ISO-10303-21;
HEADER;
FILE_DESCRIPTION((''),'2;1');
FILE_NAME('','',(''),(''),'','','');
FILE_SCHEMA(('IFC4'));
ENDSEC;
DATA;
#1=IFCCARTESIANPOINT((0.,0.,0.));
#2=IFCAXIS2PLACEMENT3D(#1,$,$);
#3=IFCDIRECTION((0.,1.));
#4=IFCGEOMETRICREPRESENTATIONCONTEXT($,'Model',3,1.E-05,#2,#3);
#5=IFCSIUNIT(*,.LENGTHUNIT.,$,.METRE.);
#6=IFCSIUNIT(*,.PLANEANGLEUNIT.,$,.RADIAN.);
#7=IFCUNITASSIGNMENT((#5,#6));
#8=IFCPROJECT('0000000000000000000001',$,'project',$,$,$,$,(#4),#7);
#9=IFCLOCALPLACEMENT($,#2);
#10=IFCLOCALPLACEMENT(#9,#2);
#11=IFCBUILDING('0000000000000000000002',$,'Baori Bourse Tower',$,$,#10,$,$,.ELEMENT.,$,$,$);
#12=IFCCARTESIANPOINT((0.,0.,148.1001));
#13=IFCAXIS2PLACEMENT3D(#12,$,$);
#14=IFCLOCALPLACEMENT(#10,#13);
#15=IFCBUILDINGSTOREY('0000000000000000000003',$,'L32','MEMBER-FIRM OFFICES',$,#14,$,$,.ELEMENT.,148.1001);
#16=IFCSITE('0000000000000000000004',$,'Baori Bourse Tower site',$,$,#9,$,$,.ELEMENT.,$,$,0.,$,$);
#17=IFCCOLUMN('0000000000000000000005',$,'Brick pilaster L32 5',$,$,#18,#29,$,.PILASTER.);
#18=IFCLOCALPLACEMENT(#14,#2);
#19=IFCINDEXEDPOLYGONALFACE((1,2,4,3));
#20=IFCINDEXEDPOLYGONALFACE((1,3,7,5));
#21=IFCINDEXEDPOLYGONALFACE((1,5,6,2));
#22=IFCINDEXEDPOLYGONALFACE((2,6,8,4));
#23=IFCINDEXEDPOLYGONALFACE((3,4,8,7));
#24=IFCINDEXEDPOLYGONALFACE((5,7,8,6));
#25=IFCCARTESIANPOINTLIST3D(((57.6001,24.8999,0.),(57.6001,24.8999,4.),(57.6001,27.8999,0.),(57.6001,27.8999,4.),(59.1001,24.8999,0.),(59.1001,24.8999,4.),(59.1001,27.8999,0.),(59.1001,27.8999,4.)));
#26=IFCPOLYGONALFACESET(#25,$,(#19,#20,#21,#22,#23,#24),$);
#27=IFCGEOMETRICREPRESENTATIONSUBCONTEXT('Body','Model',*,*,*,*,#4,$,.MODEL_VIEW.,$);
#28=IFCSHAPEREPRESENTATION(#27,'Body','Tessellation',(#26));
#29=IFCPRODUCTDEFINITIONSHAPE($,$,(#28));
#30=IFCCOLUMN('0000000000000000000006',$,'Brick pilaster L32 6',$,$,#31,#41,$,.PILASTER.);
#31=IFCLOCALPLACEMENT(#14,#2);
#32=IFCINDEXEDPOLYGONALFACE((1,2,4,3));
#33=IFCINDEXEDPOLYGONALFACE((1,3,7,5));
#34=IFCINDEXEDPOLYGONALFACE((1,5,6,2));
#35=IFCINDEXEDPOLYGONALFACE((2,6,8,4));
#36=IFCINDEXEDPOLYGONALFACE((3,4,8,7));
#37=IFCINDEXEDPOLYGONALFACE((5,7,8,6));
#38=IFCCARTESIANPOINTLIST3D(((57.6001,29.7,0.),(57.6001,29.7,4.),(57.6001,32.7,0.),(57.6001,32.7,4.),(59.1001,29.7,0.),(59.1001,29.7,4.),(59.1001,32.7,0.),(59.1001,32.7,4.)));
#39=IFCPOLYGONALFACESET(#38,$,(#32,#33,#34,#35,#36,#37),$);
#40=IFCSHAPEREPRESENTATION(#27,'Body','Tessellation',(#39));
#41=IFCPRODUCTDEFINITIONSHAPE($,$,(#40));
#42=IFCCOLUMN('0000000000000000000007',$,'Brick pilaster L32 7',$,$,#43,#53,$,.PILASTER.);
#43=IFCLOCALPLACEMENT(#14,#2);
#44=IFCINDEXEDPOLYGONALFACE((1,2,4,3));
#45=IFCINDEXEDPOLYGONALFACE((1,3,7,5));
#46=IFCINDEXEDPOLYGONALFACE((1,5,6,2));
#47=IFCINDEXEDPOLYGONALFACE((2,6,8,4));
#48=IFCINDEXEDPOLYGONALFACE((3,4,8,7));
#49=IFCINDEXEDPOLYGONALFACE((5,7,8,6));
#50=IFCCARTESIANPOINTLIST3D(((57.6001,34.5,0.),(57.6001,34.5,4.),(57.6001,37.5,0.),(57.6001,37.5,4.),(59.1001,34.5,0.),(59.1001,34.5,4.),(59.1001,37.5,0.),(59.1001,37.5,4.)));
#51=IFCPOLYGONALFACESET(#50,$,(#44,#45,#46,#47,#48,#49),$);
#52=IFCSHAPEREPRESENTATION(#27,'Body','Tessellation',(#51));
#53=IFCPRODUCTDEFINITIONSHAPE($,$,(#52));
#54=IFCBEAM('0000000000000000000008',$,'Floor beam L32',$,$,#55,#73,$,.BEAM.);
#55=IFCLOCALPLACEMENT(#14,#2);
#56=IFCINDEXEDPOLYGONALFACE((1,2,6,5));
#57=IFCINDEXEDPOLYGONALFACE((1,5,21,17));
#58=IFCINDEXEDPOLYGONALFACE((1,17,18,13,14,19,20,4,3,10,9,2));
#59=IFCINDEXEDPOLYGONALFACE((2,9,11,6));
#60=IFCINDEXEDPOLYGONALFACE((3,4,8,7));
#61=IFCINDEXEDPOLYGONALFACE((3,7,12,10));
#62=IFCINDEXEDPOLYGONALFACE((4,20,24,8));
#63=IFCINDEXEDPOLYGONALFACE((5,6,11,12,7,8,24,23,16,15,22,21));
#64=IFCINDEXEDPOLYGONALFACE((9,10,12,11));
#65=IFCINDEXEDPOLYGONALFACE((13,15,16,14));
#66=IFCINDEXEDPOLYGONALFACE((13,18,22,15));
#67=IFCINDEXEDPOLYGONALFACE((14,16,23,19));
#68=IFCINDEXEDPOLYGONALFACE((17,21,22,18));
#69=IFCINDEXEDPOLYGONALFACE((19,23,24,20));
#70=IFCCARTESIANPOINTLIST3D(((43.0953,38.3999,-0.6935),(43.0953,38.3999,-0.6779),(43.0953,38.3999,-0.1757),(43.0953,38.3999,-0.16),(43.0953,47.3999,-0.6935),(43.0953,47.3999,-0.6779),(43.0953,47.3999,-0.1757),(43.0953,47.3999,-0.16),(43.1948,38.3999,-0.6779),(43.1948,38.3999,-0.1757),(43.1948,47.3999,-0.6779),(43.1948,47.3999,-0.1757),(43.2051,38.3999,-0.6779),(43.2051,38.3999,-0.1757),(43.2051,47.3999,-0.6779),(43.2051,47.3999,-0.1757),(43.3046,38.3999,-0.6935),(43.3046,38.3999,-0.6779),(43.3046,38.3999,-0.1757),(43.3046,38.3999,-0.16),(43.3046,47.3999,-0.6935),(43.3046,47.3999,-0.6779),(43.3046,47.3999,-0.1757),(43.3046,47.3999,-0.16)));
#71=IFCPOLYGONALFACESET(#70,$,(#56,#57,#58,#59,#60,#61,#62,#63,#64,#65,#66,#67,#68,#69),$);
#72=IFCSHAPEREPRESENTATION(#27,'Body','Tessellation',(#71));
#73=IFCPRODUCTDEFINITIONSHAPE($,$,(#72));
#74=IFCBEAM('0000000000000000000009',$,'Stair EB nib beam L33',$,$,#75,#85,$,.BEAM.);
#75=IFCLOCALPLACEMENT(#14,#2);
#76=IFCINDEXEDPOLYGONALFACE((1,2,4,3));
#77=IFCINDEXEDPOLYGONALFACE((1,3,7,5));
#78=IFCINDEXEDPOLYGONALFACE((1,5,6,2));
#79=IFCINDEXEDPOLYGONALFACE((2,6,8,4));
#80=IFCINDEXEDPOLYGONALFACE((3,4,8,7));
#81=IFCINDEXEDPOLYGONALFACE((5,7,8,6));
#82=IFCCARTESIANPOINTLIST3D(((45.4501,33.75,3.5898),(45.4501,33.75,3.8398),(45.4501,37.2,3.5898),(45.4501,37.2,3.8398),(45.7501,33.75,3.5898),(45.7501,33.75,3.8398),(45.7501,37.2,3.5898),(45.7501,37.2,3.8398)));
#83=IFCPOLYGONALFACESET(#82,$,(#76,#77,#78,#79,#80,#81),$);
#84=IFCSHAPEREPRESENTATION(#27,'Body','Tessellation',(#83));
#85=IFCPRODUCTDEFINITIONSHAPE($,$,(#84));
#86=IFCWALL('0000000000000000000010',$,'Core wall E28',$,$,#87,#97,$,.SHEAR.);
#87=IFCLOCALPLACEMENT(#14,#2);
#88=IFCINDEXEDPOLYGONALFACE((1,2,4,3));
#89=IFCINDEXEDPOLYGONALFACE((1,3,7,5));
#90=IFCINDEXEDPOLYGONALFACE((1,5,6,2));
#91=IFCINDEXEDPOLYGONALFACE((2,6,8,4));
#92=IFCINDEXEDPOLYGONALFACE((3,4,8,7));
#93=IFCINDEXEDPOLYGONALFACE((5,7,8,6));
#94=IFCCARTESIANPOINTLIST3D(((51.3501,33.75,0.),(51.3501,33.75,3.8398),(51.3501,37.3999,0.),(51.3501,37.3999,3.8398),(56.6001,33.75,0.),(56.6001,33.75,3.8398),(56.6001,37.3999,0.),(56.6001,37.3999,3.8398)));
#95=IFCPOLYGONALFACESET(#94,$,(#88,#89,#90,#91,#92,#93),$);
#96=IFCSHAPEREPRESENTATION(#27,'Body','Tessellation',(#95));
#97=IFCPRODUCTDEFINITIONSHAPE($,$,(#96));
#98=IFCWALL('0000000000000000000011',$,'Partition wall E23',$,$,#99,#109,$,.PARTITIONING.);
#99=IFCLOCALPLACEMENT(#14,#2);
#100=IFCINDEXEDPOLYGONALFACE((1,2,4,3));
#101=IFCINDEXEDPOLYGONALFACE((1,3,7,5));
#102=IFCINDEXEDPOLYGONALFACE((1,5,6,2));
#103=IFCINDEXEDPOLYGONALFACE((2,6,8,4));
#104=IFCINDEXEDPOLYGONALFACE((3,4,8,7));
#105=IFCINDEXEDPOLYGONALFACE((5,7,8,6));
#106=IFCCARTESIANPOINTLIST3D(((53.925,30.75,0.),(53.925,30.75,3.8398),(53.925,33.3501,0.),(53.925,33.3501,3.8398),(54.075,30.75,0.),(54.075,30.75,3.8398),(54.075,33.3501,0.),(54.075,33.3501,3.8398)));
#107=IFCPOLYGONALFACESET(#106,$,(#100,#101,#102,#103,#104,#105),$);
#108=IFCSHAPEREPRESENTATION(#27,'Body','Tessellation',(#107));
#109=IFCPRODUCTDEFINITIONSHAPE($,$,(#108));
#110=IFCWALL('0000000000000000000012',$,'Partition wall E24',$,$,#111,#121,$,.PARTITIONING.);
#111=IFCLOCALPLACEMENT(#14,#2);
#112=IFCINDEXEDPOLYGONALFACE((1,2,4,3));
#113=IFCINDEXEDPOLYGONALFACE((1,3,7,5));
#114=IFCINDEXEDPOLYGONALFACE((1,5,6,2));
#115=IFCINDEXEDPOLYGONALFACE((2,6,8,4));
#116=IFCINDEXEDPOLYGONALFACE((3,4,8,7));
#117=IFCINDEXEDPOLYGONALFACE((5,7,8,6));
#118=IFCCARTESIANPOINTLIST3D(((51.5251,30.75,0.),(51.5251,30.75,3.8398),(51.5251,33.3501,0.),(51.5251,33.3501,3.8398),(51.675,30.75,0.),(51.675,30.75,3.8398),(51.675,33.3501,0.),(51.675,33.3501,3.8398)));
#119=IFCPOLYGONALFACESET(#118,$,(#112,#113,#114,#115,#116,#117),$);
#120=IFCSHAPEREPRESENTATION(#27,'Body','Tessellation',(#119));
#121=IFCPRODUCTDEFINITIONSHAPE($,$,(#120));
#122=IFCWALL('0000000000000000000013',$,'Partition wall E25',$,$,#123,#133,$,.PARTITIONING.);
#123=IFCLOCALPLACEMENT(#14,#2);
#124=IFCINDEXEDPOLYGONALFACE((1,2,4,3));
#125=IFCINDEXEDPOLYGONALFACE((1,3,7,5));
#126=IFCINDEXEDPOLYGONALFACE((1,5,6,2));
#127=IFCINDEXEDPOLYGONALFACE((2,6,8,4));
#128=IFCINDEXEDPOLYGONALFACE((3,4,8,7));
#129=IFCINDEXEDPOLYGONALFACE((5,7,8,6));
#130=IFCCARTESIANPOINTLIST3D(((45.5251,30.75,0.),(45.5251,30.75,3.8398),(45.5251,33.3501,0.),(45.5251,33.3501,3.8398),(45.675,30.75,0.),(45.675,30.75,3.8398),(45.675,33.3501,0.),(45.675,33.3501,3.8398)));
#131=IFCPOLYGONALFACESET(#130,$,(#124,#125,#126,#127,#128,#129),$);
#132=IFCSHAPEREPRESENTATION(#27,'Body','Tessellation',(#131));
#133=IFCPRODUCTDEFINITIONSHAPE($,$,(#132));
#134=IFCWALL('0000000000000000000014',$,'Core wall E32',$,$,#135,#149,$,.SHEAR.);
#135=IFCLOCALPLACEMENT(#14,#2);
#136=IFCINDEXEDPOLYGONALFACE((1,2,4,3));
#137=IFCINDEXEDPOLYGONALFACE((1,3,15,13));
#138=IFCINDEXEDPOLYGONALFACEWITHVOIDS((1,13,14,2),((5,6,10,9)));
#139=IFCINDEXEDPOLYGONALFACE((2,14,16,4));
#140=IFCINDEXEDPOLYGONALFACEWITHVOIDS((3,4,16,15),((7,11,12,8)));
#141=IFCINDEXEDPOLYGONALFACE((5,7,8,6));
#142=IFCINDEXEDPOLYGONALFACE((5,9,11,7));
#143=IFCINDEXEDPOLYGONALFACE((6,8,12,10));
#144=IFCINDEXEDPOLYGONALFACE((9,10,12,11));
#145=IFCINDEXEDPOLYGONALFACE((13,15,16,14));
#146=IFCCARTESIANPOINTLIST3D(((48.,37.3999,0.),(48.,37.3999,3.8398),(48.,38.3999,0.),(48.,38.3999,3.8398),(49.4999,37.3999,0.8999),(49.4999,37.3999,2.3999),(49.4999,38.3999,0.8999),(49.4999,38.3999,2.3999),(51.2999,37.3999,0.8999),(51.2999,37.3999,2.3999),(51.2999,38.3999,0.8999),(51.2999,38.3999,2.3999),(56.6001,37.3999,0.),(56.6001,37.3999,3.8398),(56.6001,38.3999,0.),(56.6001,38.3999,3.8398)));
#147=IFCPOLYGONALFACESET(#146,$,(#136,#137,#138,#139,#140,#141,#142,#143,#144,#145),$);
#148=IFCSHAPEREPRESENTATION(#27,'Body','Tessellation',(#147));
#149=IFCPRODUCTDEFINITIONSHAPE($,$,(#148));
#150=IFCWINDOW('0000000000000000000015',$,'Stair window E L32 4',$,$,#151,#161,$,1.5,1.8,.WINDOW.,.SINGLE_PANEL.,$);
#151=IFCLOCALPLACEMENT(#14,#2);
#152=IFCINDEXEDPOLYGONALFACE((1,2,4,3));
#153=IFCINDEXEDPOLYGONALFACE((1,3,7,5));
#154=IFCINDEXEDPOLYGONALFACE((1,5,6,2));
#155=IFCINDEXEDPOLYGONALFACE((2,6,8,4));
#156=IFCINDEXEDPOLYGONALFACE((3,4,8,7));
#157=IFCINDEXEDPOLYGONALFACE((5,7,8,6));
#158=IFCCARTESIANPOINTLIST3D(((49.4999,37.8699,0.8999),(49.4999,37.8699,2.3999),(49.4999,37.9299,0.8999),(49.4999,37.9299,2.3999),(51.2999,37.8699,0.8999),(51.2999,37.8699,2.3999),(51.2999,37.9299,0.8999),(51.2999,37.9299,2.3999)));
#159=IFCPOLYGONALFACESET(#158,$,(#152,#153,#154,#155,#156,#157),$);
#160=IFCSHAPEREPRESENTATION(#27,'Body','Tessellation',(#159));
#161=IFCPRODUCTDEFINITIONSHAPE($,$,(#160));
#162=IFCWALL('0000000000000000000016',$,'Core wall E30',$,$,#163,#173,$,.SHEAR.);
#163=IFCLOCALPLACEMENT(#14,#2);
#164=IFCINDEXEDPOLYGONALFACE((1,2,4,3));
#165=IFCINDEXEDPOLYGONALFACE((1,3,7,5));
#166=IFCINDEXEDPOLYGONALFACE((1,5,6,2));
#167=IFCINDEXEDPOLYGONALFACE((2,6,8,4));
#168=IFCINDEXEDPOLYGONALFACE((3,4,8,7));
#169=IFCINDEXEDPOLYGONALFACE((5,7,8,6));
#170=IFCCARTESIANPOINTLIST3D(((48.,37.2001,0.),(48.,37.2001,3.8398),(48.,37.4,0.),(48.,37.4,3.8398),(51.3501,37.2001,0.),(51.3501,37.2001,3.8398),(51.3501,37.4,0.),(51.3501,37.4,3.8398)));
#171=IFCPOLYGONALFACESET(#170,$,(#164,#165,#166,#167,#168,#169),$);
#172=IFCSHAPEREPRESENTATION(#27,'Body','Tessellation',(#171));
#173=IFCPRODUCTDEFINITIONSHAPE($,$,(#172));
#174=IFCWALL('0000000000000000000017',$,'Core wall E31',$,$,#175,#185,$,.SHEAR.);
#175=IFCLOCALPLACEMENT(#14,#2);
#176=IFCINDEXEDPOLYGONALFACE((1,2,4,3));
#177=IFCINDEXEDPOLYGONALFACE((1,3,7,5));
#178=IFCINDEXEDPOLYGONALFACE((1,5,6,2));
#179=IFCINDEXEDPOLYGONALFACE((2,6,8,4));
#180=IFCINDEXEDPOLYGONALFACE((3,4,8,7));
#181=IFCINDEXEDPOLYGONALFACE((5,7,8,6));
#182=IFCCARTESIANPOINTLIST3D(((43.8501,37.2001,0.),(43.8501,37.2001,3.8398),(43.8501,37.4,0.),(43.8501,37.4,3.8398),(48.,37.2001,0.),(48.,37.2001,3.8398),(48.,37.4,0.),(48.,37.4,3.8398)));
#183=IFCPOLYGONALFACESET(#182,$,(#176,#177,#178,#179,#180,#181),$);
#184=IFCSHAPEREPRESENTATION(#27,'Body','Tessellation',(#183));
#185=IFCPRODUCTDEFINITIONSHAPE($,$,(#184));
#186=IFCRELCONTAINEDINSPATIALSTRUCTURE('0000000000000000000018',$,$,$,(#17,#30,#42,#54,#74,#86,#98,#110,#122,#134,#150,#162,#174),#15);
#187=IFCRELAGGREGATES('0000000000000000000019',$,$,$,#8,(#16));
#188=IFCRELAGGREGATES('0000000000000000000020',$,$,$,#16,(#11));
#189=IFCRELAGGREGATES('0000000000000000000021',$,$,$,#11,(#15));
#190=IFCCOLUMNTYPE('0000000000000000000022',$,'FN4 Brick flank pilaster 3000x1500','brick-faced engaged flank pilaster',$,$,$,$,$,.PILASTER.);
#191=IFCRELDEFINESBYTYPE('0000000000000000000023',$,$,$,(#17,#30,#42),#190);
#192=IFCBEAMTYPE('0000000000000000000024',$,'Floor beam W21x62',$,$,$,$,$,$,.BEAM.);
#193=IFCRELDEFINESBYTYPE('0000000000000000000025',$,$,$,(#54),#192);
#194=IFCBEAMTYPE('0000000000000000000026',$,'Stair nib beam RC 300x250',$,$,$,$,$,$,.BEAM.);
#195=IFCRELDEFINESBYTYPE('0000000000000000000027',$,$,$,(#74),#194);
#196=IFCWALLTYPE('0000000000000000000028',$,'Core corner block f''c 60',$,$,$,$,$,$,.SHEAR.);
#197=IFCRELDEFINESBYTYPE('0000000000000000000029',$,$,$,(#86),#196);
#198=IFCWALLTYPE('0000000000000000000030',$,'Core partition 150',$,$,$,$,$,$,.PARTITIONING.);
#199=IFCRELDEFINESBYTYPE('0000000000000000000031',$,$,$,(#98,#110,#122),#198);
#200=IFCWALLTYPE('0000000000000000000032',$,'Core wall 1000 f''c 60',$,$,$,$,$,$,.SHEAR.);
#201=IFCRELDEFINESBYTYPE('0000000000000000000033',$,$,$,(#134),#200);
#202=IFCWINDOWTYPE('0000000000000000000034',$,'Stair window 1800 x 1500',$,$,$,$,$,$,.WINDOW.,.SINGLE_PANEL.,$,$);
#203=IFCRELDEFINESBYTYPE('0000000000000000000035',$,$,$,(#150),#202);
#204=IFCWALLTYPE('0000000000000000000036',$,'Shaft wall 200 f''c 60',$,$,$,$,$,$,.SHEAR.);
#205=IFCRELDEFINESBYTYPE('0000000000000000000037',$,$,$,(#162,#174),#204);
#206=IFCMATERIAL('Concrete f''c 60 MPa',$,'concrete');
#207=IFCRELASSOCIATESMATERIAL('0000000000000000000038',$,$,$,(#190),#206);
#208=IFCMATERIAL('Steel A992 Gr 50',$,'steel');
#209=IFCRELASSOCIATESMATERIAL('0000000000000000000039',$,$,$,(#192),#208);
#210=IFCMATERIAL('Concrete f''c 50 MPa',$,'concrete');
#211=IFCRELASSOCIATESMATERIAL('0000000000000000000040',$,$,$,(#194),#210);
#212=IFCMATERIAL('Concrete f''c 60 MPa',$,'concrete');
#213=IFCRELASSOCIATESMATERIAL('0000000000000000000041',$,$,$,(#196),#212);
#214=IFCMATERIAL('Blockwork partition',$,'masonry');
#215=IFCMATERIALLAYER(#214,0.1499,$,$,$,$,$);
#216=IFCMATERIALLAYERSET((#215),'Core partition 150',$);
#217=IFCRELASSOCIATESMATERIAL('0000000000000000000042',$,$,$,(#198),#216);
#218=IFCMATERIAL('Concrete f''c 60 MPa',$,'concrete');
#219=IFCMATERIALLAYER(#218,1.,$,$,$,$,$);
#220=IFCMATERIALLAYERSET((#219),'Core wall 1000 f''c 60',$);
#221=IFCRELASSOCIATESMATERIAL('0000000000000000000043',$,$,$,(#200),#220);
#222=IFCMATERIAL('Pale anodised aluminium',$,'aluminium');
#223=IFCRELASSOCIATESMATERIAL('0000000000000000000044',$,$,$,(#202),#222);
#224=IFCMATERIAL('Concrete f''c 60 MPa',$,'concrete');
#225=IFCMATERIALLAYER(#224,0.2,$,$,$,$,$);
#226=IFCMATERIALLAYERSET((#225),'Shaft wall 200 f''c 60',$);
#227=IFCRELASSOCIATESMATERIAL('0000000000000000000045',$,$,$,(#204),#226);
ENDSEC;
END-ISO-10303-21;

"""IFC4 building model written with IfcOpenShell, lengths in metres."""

from ifc_helpers import new_model, si_unit, direction, frame, frame_2d, origin, origin_2d, place, context, subcontext, project, spatial, rectangle, i_section, extrude, material, layer, layer_set, material_profile, profile_set, type_object, element, fill, save


model = new_model("IFC4")

# Units and contexts
model_context = context("Model", 3, precision=1e-05, world=origin(), true_north=direction((0.0, 1.0)))
body_context = subcontext(model_context, "Body", "Model", "MODEL_VIEW")
ifc_project = project(units=[si_unit("LENGTHUNIT", "METRE"), si_unit("PLANEANGLEUNIT", "RADIAN")], contexts=[model_context])

# Site, building, storey
site_placement = place(None, origin())
site = spatial("IfcSite", under=ifc_project, at=site_placement, Name="Baori Bourse Tower site", CompositionType="ELEMENT", RefElevation=0.0)
building_placement = place(site_placement, origin())
building = spatial("IfcBuilding", under=site, at=building_placement, Name="Baori Bourse Tower", CompositionType="ELEMENT")
storey_placement = place(building_placement, frame((0.0, 0.0, 148.1001)))
storey = spatial("IfcBuildingStorey", under=building, at=storey_placement, Name="L32", Description="MEMBER-FIRM OFFICES", CompositionType="ELEMENT", Elevation=148.1001)

# Columns
ifc_material_1 = material(Name="Concrete f'c 60 MPa", Category="concrete")
ifc_material_profile_1 = material_profile(ifc_material_1, rectangle(XDim=3.0, YDim=1.5, at=origin_2d()), Name="RC 3000x1500")
ifc_profile_set_1 = profile_set([ifc_material_profile_1], Name="Concrete f'c 60 MPa")
column_type = type_object("IfcColumnType", Name="FN4 Brick flank pilaster 3000x1500", Description="brick-faced engaged flank pilaster", PredefinedType="PILASTER", material=ifc_profile_set_1)
for number, where, z_axis, x_axis, name in (
    (1, (58.3501, 26.3999, 0.0), (0.0, 0.0, 1.0), (0.0, 1.0, 0.0), "Brick pilaster L32 5"),
    (2, (58.3501, 31.2, 0.0), (0.0, 0.0, 1.0), (0.0, 1.0, 0.0), "Brick pilaster L32 6"),
    (3, (58.3501, 36.0, 0.0), (0.0, 0.0, 1.0), (0.0, 1.0, 0.0), "Brick pilaster L32 7"),
):
    element("IfcColumn", number, at=place(storey_placement, frame(where, z_axis=z_axis, x_axis=x_axis)), inside=storey, type_object=column_type, Name=name, PredefinedType="PILASTER", context=body_context, shape_type="SweptSolid", body=[
        extrude(rectangle(XDim=3.0, YDim=1.5, at=origin_2d()), origin(), (0.0, 0.0, 1.0), 4.0),
    ])

# Beams
ifc_material_2 = material(Name="Steel A992 Gr 50", Category="steel")
ifc_material_profile_2 = material_profile(ifc_material_2, i_section(OverallWidth=0.2092, OverallDepth=0.5334, WebThickness=0.0103, FlangeThickness=0.0156, at=origin_2d()), Name="W21x62")
ifc_profile_set_2 = profile_set([ifc_material_profile_2], Name="Steel A992 Gr 50")
beam_type_1 = type_object("IfcBeamType", Name="Floor beam W21x62", PredefinedType="BEAM", material=ifc_profile_set_2)
beam_1_placement = place(storey_placement, frame((43.2, 38.3999, -0.4268), z_axis=(0.0, 1.0, 0.0), x_axis=(-1.0, 0.0, 0.0)))
element("IfcBeam", 4, at=beam_1_placement, inside=storey, type_object=beam_type_1, Name="Floor beam L32", PredefinedType="BEAM", context=body_context, shape_type="SweptSolid", body=[
    extrude(i_section(OverallWidth=0.2092, OverallDepth=0.5334, WebThickness=0.0103, FlangeThickness=0.0156, at=origin_2d()), origin(), (0.0, 0.0, 1.0), 9.0),
])
ifc_material_3 = material(Name="Concrete f'c 50 MPa", Category="concrete")
ifc_material_profile_3 = material_profile(ifc_material_3, rectangle(XDim=0.3, YDim=0.25, at=origin_2d()), Name="RC 300x250")
ifc_profile_set_3 = profile_set([ifc_material_profile_3], Name="Concrete f'c 50 MPa")
beam_type_2 = type_object("IfcBeamType", Name="Stair nib beam RC 300x250", PredefinedType="BEAM", material=ifc_profile_set_3)
beam_2_placement = place(storey_placement, frame((45.6001, 33.75, 3.7148), z_axis=(0.0, 1.0, 0.0), x_axis=(-1.0, 0.0, 0.0)))
element("IfcBeam", 5, at=beam_2_placement, inside=storey, type_object=beam_type_2, Name="Stair EB nib beam L33", PredefinedType="BEAM", context=body_context, shape_type="SweptSolid", body=[
    extrude(rectangle(XDim=0.3, YDim=0.25, at=origin_2d()), origin(), (0.0, 0.0, 1.0), 3.45),
])

# Walls
ifc_material_4 = material(Name="Concrete f'c 60 MPa", Category="concrete")
wall_type_1 = type_object("IfcWallType", Name="Core corner block f'c 60", PredefinedType="SHEAR", material=ifc_material_4)
wall_1_placement = place(storey_placement, frame((51.3501, 35.575, 0.0), z_axis=(0.0, 0.0, 1.0), x_axis=(1.0, 0.0, 0.0)))
element("IfcWall", 6, at=wall_1_placement, inside=storey, type_object=wall_type_1, Name="Core wall E28", PredefinedType="SHEAR", context=body_context, shape_type="SweptSolid", body=[
    extrude(rectangle(XDim=5.25, YDim=3.6499, at=frame_2d((2.625, 0.0))), origin(), (0.0, 0.0, 1.0), 3.8398),
])
ifc_material_5 = material(Name="Blockwork partition", Category="masonry")
ifc_layer_1 = layer(ifc_material_5, 0.1499)
ifc_layer_set_1 = layer_set([ifc_layer_1], Name="Core partition 150")
wall_type_2 = type_object("IfcWallType", Name="Core partition 150", PredefinedType="PARTITIONING", material=ifc_layer_set_1)
for number, where, z_axis, x_axis, name in (
    (7, (54.0, 30.75, 0.0), (0.0, 0.0, 1.0), (0.0, 1.0, 0.0), "Partition wall E23"),
    (8, (51.6001, 30.75, 0.0), (0.0, 0.0, 1.0), (0.0, 1.0, 0.0), "Partition wall E24"),
    (9, (45.6001, 30.75, 0.0), (0.0, 0.0, 1.0), (0.0, 1.0, 0.0), "Partition wall E25"),
):
    element("IfcWall", number, at=place(storey_placement, frame(where, z_axis=z_axis, x_axis=x_axis)), inside=storey, type_object=wall_type_2, Name=name, PredefinedType="PARTITIONING", context=body_context, shape_type="SweptSolid", body=[
        extrude(rectangle(XDim=2.6001, YDim=0.1499, at=frame_2d((1.3, 0.0))), origin(), (0.0, 0.0, 1.0), 3.8398),
    ])

# Wall, opening, window
ifc_material_6 = material(Name="Concrete f'c 60 MPa", Category="concrete")
ifc_layer_2 = layer(ifc_material_6, 1.0)
ifc_layer_set_2 = layer_set([ifc_layer_2], Name="Core wall 1000 f'c 60")
wall_type_3 = type_object("IfcWallType", Name="Core wall 1000 f'c 60", PredefinedType="SHEAR", material=ifc_layer_set_2)
wall_2_placement = place(storey_placement, frame((48.0, 37.8999, 0.0), z_axis=(0.0, 0.0, 1.0), x_axis=(1.0, 0.0, 0.0)))
wall_2 = element("IfcWall", 10, at=wall_2_placement, inside=storey, type_object=wall_type_3, Name="Core wall E32", PredefinedType="SHEAR", context=body_context, shape_type="SweptSolid", body=[
    extrude(rectangle(XDim=8.6001, YDim=1.0, at=frame_2d((4.3, 0.0))), origin(), (0.0, 0.0, 1.0), 3.8398),
])
opening_1_placement = place(wall_2_placement, frame((1.5, 0.0, 0.8999)))
opening_1 = element("IfcOpeningElement", 11, at=opening_1_placement, cuts=wall_2, PredefinedType="OPENING", context=body_context, shape_type="SweptSolid", body=[
    extrude(rectangle(XDim=1.8, YDim=1.5, at=frame_2d((0.8999, 0.75))), frame((0.0, 0.51, 0.0), z_axis=(0.0, -1.0, 0.0), x_axis=(1.0, 0.0, 0.0)), (0.0, 0.0, 1.0), 1.02),
])
ifc_material_7 = material(Name="Pale anodised aluminium", Category="aluminium")
window_type = type_object("IfcWindowType", Name="Stair window 1800 x 1500", PartitioningType="SINGLE_PANEL", PredefinedType="WINDOW", material=ifc_material_7)
window_placement = place(opening_1_placement, origin())
window = element("IfcWindow", 12, at=window_placement, inside=storey, type_object=window_type, Name="Stair window E L32 4", OverallHeight=1.5, OverallWidth=1.8, PartitioningType="SINGLE_PANEL", PredefinedType="WINDOW", context=body_context, shape_type="SweptSolid", body=[
    extrude(rectangle(XDim=1.8, YDim=1.5, at=frame_2d((0.8999, 0.75))), frame((0.0, 0.03, 0.0), z_axis=(0.0, -1.0, 0.0), x_axis=(1.0, 0.0, 0.0)), (0.0, 0.0, 1.0), 0.0601),
])
fill(opening_1, window)

# Walls
ifc_material_8 = material(Name="Concrete f'c 60 MPa", Category="concrete")
ifc_layer_3 = layer(ifc_material_8, 0.2)
ifc_layer_set_3 = layer_set([ifc_layer_3], Name="Shaft wall 200 f'c 60")
wall_type_4 = type_object("IfcWallType", Name="Shaft wall 200 f'c 60", PredefinedType="SHEAR", material=ifc_layer_set_3)
wall_3_placement = place(storey_placement, frame((48.0, 37.3, 0.0), z_axis=(0.0, 0.0, 1.0), x_axis=(1.0, 0.0, 0.0)))
element("IfcWall", 13, at=wall_3_placement, inside=storey, type_object=wall_type_4, Name="Core wall E30", PredefinedType="SHEAR", context=body_context, shape_type="SweptSolid", body=[
    extrude(rectangle(XDim=3.3501, YDim=0.2, at=frame_2d((1.675, 0.0))), origin(), (0.0, 0.0, 1.0), 3.8398),
])
wall_4_placement = place(storey_placement, frame((43.8501, 37.3, 0.0), z_axis=(0.0, 0.0, 1.0), x_axis=(1.0, 0.0, 0.0)))
element("IfcWall", 14, at=wall_4_placement, inside=storey, type_object=wall_type_4, Name="Core wall E31", PredefinedType="SHEAR", context=body_context, shape_type="SweptSolid", body=[
    extrude(rectangle(XDim=4.1499, YDim=0.2, at=frame_2d((2.075, 0.0))), origin(), (0.0, 0.0, 1.0), 3.8398),
])

save(model, "model.ifc")
